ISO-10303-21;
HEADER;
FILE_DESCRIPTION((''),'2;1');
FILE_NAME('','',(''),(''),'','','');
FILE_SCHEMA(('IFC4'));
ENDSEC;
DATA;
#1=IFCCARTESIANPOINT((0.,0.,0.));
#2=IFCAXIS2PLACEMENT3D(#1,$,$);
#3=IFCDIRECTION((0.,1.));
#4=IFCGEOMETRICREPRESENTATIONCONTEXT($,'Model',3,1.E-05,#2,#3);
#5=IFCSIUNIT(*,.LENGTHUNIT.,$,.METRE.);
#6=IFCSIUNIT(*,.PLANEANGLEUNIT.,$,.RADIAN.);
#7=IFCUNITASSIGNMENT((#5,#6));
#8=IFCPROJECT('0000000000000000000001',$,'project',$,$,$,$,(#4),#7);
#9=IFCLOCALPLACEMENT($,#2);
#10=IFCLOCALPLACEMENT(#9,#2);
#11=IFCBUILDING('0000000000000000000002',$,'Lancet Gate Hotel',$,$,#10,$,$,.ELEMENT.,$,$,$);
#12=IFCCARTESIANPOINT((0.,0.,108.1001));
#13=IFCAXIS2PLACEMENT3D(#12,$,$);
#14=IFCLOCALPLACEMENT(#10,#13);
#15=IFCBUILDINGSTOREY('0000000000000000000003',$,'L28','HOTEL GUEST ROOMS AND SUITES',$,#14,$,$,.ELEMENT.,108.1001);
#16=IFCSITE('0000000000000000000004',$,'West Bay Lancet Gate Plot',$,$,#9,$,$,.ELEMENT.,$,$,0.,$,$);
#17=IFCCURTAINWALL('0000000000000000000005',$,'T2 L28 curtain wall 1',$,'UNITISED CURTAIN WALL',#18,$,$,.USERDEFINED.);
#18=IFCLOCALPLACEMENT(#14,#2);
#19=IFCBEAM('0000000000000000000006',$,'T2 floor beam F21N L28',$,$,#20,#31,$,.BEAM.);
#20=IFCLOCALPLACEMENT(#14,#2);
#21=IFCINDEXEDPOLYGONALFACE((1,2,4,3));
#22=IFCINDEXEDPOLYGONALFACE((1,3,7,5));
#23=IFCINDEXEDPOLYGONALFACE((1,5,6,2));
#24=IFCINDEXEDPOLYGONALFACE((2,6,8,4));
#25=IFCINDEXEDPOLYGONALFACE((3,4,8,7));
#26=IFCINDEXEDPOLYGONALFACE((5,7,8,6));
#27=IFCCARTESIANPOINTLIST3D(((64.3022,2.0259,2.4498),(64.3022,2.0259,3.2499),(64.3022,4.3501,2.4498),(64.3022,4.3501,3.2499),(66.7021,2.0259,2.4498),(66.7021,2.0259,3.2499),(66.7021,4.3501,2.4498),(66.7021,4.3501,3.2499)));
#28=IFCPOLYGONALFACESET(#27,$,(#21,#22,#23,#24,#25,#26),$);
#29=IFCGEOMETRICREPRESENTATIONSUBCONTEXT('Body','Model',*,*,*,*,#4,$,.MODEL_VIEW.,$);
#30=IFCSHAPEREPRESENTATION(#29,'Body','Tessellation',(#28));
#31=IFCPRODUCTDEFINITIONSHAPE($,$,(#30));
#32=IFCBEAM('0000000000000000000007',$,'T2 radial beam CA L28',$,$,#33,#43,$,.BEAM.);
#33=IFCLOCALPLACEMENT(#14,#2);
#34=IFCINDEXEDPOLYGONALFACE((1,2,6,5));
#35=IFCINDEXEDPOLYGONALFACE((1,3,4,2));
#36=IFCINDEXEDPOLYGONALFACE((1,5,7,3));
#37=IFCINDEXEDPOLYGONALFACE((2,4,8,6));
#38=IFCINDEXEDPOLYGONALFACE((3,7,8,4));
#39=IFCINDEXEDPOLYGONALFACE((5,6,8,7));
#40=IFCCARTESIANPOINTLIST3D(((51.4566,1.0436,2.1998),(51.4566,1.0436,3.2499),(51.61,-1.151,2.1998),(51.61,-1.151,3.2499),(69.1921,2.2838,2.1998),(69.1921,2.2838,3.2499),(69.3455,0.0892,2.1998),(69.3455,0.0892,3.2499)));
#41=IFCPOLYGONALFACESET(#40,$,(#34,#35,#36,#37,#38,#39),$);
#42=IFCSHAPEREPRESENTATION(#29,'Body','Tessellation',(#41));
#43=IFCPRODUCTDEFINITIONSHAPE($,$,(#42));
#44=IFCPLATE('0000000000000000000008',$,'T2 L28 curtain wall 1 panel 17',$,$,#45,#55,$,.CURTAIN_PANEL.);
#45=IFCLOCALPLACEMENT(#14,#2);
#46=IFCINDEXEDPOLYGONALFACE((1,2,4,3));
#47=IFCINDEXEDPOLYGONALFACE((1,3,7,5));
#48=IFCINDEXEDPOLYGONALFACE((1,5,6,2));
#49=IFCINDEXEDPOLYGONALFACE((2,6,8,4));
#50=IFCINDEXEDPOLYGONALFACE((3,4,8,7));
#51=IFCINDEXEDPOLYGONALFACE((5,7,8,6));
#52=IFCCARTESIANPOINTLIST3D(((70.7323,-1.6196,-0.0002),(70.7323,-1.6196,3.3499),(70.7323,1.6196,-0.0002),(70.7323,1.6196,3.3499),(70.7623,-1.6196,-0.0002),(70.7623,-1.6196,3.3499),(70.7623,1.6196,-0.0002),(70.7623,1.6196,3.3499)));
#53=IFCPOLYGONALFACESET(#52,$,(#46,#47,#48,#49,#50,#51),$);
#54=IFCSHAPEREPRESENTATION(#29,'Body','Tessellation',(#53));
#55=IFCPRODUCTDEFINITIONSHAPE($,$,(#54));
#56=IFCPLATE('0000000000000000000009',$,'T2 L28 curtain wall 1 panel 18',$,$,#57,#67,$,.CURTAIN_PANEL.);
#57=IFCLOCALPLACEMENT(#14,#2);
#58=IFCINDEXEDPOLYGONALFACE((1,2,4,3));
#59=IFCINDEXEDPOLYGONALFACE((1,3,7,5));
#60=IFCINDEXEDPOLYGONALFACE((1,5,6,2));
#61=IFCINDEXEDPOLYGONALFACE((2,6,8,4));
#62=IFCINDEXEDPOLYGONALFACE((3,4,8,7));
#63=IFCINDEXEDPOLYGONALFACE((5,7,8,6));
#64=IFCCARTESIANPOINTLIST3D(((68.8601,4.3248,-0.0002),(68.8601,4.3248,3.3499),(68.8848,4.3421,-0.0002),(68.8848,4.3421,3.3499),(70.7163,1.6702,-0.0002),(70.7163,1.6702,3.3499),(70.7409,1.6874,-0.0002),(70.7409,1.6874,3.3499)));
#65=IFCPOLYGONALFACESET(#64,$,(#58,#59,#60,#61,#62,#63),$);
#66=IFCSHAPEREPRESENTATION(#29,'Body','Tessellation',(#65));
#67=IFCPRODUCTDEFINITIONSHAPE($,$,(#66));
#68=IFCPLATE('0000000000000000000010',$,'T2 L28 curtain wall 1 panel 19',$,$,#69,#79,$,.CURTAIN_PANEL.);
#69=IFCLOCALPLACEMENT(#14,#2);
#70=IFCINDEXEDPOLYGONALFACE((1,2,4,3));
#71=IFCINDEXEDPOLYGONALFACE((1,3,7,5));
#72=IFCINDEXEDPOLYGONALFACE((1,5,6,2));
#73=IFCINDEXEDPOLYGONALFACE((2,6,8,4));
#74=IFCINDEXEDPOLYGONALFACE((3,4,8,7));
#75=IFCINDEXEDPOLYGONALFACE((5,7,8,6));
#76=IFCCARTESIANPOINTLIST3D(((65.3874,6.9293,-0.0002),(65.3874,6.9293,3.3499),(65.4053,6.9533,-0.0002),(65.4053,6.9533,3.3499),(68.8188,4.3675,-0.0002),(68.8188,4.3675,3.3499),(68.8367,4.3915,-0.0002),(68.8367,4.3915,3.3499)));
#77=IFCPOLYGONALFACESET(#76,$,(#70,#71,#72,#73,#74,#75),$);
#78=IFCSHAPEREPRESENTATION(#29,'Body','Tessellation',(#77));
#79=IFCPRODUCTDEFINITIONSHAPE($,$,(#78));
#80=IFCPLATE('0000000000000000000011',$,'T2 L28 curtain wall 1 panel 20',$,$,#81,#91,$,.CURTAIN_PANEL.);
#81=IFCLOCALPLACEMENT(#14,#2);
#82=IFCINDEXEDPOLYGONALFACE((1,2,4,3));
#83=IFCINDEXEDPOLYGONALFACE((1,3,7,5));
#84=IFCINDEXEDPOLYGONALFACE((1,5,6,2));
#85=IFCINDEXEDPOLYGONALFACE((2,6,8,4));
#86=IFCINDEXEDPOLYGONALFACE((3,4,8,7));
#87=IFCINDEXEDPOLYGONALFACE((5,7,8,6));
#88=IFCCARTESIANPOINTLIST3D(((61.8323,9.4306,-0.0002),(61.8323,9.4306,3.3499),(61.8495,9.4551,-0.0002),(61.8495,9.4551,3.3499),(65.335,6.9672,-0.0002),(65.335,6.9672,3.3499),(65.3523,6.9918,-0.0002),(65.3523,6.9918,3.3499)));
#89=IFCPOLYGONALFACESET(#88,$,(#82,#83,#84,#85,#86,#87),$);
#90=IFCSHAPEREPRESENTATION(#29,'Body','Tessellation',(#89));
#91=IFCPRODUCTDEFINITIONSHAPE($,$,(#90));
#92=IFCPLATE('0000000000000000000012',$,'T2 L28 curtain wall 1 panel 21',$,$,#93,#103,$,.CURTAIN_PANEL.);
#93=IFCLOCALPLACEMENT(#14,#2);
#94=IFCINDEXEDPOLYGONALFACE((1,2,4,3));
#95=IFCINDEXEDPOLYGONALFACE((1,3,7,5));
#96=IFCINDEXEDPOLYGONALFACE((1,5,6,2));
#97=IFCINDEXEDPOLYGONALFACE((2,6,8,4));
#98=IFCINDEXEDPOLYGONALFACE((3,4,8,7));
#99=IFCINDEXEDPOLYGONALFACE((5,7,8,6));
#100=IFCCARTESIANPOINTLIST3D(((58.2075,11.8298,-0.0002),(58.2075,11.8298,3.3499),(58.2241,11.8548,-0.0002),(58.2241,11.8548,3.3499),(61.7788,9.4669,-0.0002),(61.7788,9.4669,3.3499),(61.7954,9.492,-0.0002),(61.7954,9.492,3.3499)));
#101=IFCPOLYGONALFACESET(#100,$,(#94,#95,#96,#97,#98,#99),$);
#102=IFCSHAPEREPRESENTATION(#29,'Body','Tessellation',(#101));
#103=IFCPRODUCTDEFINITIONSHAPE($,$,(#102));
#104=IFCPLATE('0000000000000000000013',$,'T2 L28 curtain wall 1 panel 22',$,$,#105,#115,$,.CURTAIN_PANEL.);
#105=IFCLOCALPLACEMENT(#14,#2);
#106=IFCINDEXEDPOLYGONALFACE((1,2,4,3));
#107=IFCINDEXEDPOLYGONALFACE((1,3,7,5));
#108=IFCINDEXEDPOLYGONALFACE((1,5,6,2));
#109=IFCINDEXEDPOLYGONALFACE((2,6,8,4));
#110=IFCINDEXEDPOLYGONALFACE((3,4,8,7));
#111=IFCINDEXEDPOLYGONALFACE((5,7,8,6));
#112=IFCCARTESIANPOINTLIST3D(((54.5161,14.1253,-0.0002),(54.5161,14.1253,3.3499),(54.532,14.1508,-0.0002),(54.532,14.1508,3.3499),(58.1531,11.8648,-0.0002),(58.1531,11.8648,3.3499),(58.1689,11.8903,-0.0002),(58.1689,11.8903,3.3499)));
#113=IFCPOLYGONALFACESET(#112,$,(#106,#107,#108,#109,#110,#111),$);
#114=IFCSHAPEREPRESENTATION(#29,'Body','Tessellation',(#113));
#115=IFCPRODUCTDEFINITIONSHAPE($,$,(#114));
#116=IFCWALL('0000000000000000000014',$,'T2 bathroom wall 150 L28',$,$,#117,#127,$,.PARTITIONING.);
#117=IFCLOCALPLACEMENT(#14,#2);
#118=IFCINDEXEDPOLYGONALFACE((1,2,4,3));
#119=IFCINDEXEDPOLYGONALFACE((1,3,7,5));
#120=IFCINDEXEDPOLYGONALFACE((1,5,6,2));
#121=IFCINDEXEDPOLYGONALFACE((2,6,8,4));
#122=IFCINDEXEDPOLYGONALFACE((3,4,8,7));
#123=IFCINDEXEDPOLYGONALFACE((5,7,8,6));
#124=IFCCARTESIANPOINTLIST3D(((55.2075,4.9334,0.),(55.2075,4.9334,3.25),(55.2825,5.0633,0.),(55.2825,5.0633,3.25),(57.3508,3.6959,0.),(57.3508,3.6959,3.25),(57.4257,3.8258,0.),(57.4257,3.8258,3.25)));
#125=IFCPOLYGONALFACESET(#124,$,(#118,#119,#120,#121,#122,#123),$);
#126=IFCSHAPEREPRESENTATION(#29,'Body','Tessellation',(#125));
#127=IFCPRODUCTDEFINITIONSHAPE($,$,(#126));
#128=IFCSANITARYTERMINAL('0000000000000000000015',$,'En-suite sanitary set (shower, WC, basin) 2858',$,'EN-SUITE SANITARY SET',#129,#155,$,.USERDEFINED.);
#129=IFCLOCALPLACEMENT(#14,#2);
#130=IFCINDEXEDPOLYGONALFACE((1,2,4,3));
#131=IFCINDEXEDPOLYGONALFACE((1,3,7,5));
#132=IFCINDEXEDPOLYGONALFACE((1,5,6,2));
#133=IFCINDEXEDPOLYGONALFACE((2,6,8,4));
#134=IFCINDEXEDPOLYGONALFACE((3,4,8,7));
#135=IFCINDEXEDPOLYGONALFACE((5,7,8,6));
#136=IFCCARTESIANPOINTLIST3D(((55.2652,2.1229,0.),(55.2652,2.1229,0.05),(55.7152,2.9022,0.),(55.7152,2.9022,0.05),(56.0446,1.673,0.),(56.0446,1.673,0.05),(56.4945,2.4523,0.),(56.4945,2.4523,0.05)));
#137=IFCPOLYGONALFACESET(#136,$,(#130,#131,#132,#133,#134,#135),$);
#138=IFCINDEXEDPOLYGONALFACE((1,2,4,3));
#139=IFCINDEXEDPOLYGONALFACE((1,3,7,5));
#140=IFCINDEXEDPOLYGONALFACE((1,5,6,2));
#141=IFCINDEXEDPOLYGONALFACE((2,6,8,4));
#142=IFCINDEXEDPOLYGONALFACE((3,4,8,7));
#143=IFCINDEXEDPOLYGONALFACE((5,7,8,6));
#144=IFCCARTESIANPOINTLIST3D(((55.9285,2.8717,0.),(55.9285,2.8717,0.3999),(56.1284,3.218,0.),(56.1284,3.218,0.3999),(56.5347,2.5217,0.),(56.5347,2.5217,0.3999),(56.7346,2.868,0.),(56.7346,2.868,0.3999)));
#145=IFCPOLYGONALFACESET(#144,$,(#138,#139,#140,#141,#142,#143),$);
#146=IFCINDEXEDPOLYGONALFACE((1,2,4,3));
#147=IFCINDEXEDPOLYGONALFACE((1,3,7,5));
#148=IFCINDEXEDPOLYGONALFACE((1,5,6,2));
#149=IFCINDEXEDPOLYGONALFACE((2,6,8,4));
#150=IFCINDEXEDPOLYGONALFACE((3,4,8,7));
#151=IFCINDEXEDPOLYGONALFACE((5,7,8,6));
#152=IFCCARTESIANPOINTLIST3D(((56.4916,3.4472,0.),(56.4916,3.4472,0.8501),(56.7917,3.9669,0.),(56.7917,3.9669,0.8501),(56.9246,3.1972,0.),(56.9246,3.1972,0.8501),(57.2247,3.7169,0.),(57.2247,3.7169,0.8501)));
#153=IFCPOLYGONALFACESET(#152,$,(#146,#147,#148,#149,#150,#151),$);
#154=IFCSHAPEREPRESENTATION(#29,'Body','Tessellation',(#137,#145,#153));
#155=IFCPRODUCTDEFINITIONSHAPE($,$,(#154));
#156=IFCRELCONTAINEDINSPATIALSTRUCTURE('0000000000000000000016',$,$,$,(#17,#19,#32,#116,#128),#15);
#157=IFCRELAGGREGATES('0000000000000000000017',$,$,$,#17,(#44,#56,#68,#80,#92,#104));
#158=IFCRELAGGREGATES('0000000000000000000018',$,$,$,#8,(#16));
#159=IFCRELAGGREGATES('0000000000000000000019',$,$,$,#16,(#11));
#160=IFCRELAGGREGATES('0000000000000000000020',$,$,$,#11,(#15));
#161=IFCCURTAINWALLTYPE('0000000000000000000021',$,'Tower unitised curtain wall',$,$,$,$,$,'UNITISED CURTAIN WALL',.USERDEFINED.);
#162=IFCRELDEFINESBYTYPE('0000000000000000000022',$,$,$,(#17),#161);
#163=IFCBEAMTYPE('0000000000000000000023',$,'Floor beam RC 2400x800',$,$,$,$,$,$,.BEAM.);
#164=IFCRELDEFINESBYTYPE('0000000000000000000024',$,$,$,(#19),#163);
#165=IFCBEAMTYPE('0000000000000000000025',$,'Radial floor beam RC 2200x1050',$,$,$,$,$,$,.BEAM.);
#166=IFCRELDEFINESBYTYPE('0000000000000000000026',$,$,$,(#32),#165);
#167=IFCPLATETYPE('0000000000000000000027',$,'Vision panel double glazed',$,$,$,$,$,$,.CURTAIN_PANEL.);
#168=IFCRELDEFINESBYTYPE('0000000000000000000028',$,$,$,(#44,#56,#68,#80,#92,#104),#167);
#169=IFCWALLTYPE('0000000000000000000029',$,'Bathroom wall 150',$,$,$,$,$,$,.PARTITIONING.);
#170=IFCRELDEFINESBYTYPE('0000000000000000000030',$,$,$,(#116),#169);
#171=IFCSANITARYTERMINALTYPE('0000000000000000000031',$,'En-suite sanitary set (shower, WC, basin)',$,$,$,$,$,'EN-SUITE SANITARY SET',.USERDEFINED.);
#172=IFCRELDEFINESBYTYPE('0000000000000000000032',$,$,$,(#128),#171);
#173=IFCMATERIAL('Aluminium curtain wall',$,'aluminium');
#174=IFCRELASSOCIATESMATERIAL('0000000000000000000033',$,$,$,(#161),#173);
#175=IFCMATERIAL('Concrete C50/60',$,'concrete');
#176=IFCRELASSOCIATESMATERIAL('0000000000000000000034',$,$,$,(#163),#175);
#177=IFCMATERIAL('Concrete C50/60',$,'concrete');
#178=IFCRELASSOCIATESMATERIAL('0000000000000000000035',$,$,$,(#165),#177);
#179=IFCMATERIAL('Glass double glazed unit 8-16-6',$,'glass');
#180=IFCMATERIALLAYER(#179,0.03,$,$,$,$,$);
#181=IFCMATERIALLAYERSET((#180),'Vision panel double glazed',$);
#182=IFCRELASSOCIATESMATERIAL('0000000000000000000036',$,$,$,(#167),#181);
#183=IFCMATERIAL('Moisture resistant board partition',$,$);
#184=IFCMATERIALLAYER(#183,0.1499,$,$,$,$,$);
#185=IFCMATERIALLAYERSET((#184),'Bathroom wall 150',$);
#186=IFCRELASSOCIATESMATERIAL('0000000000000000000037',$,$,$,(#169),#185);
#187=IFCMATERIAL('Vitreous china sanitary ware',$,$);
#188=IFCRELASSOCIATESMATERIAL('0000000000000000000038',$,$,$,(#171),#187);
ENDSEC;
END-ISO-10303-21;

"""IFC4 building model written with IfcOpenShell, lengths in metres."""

from ifc_helpers import new_model, si_unit, direction, frame, frame_2d, origin, origin_2d, place, context, subcontext, project, spatial, rectangle, extrude, material, layer, layer_set, material_profile, profile_set, type_object, element, aggregate, save


model = new_model("IFC4")

# Units and contexts
model_context = context("Model", 3, precision=1e-05, world=origin(), true_north=direction((0.0, 1.0)))
body_context = subcontext(model_context, "Body", "Model", "MODEL_VIEW")
ifc_project = project(units=[si_unit("LENGTHUNIT", "METRE"), si_unit("PLANEANGLEUNIT", "RADIAN")], contexts=[model_context])

# Site, building, storey
site_placement = place(None, origin())
site = spatial("IfcSite", under=ifc_project, at=site_placement, Name="West Bay Lancet Gate Plot", CompositionType="ELEMENT", RefElevation=0.0)
building_placement = place(site_placement, origin())
building = spatial("IfcBuilding", under=site, at=building_placement, Name="Lancet Gate Hotel", CompositionType="ELEMENT")
storey_placement = place(building_placement, frame((0.0, 0.0, 108.1001)))
storey = spatial("IfcBuildingStorey", under=building, at=storey_placement, Name="L28", Description="HOTEL GUEST ROOMS AND SUITES", CompositionType="ELEMENT", Elevation=108.1001)

# Curtain wall
ifc_material_1 = material(Name="Aluminium curtain wall", Category="aluminium")
curtain_wall_type = type_object("IfcCurtainWallType", Name="Tower unitised curtain wall", ElementType="UNITISED CURTAIN WALL", PredefinedType="USERDEFINED", material=ifc_material_1)
curtain_wall_placement = place(storey_placement, origin())
curtain_wall = element("IfcCurtainWall", 1, at=curtain_wall_placement, inside=storey, type_object=curtain_wall_type, Name="T2 L28 curtain wall 1", ObjectType="UNITISED CURTAIN WALL", PredefinedType="USERDEFINED")

# Beams
ifc_material_2 = material(Name="Concrete C50/60", Category="concrete")
ifc_material_profile_1 = material_profile(ifc_material_2, rectangle(XDim=2.3999, YDim=0.8, at=origin_2d()), Name="RC 2400x800")
ifc_profile_set_1 = profile_set([ifc_material_profile_1], Name="Concrete C50/60")
beam_type_1 = type_object("IfcBeamType", Name="Floor beam RC 2400x800", PredefinedType="BEAM", material=ifc_profile_set_1)
beam_1_placement = place(storey_placement, frame((65.5022, 2.0259, 2.8499), z_axis=(0.0, 1.0, 0.0), x_axis=(-1.0, 0.0, 0.0)))
element("IfcBeam", 2, at=beam_1_placement, inside=storey, type_object=beam_type_1, Name="T2 floor beam F21N L28", PredefinedType="BEAM", context=body_context, shape_type="SweptSolid", body=[
    extrude(rectangle(XDim=2.3999, YDim=0.8, at=origin_2d()), origin(), (0.0, 0.0, 1.0), 2.3242),
])
ifc_material_3 = material(Name="Concrete C50/60", Category="concrete")
ifc_material_profile_2 = material_profile(ifc_material_3, rectangle(XDim=2.2, YDim=1.05, at=origin_2d()), Name="RC 2200x1050")
ifc_profile_set_2 = profile_set([ifc_material_profile_2], Name="Concrete C50/60")
beam_type_2 = type_object("IfcBeamType", Name="Radial floor beam RC 2200x1050", PredefinedType="BEAM", material=ifc_profile_set_2)
beam_2_placement = place(storey_placement, frame((69.2688, 1.1865, 2.7249), z_axis=(-0.997564, -0.069759, 0.0), x_axis=(0.069759, -0.997564, 0.0)))
element("IfcBeam", 3, at=beam_2_placement, inside=storey, type_object=beam_type_2, Name="T2 radial beam CA L28", PredefinedType="BEAM", context=body_context, shape_type="SweptSolid", body=[
    extrude(rectangle(XDim=2.2, YDim=1.05, at=origin_2d()), origin(), (0.0, 0.0, 1.0), 17.7788),
])

# Plates
ifc_material_4 = material(Name="Glass double glazed unit 8-16-6", Category="glass")
ifc_layer_1 = layer(ifc_material_4, 0.03)
ifc_layer_set_1 = layer_set([ifc_layer_1], Name="Vision panel double glazed")
plate_type = type_object("IfcPlateType", Name="Vision panel double glazed", PredefinedType="CURTAIN_PANEL", material=ifc_layer_set_1)
plate_1_placement = place(storey_placement, frame((70.7473, 0.0, -0.0002), z_axis=(0.0, 0.0, 1.0), x_axis=(0.0, 1.0, 0.0)))
plate_1 = element("IfcPlate", 4, at=plate_1_placement, type_object=plate_type, Name="T2 L28 curtain wall 1 panel 17", PredefinedType="CURTAIN_PANEL", context=body_context, shape_type="SweptSolid", body=[
    extrude(rectangle(XDim=3.2393, YDim=0.03, at=origin_2d()), origin(), (0.0, 0.0, 1.0), 3.3501),
])
plate_2_placement = place(storey_placement, frame((69.8005, 3.0061, -0.0002), z_axis=(0.0, 0.0, 1.0), x_axis=(-0.573025, 0.819538, 0.0)))
plate_2 = element("IfcPlate", 5, at=plate_2_placement, type_object=plate_type, Name="T2 L28 curtain wall 1 panel 18", PredefinedType="CURTAIN_PANEL", context=body_context, shape_type="SweptSolid", body=[
    extrude(rectangle(XDim=3.2393, YDim=0.03, at=origin_2d()), origin(), (0.0, 0.0, 1.0), 3.3501),
])
plate_3_placement = place(storey_placement, frame((67.1121, 5.6604, -0.0002), z_axis=(0.0, 0.0, 1.0), x_axis=(-0.801314, 0.598244, 0.0)))
plate_3 = element("IfcPlate", 6, at=plate_3_placement, type_object=plate_type, Name="T2 L28 curtain wall 1 panel 19", PredefinedType="CURTAIN_PANEL", context=body_context, shape_type="SweptSolid", body=[
    extrude(rectangle(XDim=4.2822, YDim=0.03, at=origin_2d()), origin(), (0.0, 0.0, 1.0), 3.3501),
])
plate_4_placement = place(storey_placement, frame((63.5923, 8.2112, -0.0002), z_axis=(0.0, 0.0, 1.0), x_axis=(-0.817979, 0.575247, 0.0)))
plate_4 = element("IfcPlate", 7, at=plate_4_placement, type_object=plate_type, Name="T2 L28 curtain wall 1 panel 20", PredefinedType="CURTAIN_PANEL", context=body_context, shape_type="SweptSolid", body=[
    extrude(rectangle(XDim=4.2822, YDim=0.03, at=origin_2d()), origin(), (0.0, 0.0, 1.0), 3.3501),
])
plate_5_placement = place(storey_placement, frame((60.0015, 10.6609, -0.0002), z_axis=(0.0, 0.0, 1.0), x_axis=(-0.833985, 0.551787, 0.0)))
plate_5 = element("IfcPlate", 8, at=plate_5_placement, type_object=plate_type, Name="T2 L28 curtain wall 1 panel 21", PredefinedType="CURTAIN_PANEL", context=body_context, shape_type="SweptSolid", body=[
    extrude(rectangle(XDim=4.2822, YDim=0.03, at=origin_2d()), origin(), (0.0, 0.0, 1.0), 3.3501),
])
plate_6_placement = place(storey_placement, frame((56.3425, 13.0078, -0.0002), z_axis=(0.0, 0.0, 1.0), x_axis=(-0.849318, 0.527882, 0.0)))
plate_6 = element("IfcPlate", 9, at=plate_6_placement, type_object=plate_type, Name="T2 L28 curtain wall 1 panel 22", PredefinedType="CURTAIN_PANEL", context=body_context, shape_type="SweptSolid", body=[
    extrude(rectangle(XDim=4.2822, YDim=0.03, at=origin_2d()), origin(), (0.0, 0.0, 1.0), 3.3501),
])
aggregate(curtain_wall, [plate_1, plate_2, plate_3, plate_4, plate_5, plate_6])

# Wall
ifc_material_5 = material(Name="Moisture resistant board partition")
ifc_layer_2 = layer(ifc_material_5, 0.1499)
ifc_layer_set_2 = layer_set([ifc_layer_2], Name="Bathroom wall 150")
wall_type = type_object("IfcWallType", Name="Bathroom wall 150", PredefinedType="PARTITIONING", material=ifc_layer_set_2)
wall_placement = place(storey_placement, frame((55.2451, 4.9983, 0.0), z_axis=(0.0, 0.0, 1.0), x_axis=(0.866007, -0.500033, 0.0)))
element("IfcWall", 10, at=wall_placement, inside=storey, type_object=wall_type, Name="T2 bathroom wall 150 L28", PredefinedType="PARTITIONING", context=body_context, shape_type="SweptSolid", body=[
    extrude(rectangle(XDim=2.4749, YDim=0.1499, at=frame_2d((1.2373, 0.0))), origin(), (0.0, 0.0, 1.0), 3.25),
])

# Sanitary terminal
ifc_material_6 = material(Name="Vitreous china sanitary ware")
sanitary_terminal_type = type_object("IfcSanitaryTerminalType", Name="En-suite sanitary set (shower, WC, basin)", ElementType="EN-SUITE SANITARY SET", PredefinedType="USERDEFINED", material=ifc_material_6)
sanitary_terminal_placement = place(storey_placement, frame((55.8799, 2.2876, 0.0), z_axis=(0.0, 0.0, 1.0), x_axis=(1.0, 0.0, 0.0)))
element("IfcSanitaryTerminal", 11, at=sanitary_terminal_placement, inside=storey, type_object=sanitary_terminal_type, Name="En-suite sanitary set (shower, WC, basin) 2858", ObjectType="EN-SUITE SANITARY SET", PredefinedType="USERDEFINED", context=body_context, shape_type="SweptSolid", body=[
    extrude(rectangle(XDim=0.8999, YDim=0.8999, at=origin_2d()), frame((0.0, 0.0, 0.0), z_axis=(0.0, 0.0, 1.0), x_axis=(-0.5, -0.866025, 0.0)), (0.0, 0.0, 1.0), 0.05),
    extrude(rectangle(XDim=0.3999, YDim=0.7, at=origin_2d()), frame((0.4517, 0.5823, 0.0), z_axis=(0.0, 0.0, 1.0), x_axis=(-0.5, -0.866025, 0.0)), (0.0, 0.0, 1.0), 0.3999),
    extrude(rectangle(XDim=0.6001, YDim=0.5, at=origin_2d()), frame((0.9783, 1.2944, 0.0), z_axis=(0.0, 0.0, 1.0), x_axis=(-0.5, -0.866025, 0.0)), (0.0, 0.0, 1.0), 0.8501),
])

save(model, "model.ifc")
